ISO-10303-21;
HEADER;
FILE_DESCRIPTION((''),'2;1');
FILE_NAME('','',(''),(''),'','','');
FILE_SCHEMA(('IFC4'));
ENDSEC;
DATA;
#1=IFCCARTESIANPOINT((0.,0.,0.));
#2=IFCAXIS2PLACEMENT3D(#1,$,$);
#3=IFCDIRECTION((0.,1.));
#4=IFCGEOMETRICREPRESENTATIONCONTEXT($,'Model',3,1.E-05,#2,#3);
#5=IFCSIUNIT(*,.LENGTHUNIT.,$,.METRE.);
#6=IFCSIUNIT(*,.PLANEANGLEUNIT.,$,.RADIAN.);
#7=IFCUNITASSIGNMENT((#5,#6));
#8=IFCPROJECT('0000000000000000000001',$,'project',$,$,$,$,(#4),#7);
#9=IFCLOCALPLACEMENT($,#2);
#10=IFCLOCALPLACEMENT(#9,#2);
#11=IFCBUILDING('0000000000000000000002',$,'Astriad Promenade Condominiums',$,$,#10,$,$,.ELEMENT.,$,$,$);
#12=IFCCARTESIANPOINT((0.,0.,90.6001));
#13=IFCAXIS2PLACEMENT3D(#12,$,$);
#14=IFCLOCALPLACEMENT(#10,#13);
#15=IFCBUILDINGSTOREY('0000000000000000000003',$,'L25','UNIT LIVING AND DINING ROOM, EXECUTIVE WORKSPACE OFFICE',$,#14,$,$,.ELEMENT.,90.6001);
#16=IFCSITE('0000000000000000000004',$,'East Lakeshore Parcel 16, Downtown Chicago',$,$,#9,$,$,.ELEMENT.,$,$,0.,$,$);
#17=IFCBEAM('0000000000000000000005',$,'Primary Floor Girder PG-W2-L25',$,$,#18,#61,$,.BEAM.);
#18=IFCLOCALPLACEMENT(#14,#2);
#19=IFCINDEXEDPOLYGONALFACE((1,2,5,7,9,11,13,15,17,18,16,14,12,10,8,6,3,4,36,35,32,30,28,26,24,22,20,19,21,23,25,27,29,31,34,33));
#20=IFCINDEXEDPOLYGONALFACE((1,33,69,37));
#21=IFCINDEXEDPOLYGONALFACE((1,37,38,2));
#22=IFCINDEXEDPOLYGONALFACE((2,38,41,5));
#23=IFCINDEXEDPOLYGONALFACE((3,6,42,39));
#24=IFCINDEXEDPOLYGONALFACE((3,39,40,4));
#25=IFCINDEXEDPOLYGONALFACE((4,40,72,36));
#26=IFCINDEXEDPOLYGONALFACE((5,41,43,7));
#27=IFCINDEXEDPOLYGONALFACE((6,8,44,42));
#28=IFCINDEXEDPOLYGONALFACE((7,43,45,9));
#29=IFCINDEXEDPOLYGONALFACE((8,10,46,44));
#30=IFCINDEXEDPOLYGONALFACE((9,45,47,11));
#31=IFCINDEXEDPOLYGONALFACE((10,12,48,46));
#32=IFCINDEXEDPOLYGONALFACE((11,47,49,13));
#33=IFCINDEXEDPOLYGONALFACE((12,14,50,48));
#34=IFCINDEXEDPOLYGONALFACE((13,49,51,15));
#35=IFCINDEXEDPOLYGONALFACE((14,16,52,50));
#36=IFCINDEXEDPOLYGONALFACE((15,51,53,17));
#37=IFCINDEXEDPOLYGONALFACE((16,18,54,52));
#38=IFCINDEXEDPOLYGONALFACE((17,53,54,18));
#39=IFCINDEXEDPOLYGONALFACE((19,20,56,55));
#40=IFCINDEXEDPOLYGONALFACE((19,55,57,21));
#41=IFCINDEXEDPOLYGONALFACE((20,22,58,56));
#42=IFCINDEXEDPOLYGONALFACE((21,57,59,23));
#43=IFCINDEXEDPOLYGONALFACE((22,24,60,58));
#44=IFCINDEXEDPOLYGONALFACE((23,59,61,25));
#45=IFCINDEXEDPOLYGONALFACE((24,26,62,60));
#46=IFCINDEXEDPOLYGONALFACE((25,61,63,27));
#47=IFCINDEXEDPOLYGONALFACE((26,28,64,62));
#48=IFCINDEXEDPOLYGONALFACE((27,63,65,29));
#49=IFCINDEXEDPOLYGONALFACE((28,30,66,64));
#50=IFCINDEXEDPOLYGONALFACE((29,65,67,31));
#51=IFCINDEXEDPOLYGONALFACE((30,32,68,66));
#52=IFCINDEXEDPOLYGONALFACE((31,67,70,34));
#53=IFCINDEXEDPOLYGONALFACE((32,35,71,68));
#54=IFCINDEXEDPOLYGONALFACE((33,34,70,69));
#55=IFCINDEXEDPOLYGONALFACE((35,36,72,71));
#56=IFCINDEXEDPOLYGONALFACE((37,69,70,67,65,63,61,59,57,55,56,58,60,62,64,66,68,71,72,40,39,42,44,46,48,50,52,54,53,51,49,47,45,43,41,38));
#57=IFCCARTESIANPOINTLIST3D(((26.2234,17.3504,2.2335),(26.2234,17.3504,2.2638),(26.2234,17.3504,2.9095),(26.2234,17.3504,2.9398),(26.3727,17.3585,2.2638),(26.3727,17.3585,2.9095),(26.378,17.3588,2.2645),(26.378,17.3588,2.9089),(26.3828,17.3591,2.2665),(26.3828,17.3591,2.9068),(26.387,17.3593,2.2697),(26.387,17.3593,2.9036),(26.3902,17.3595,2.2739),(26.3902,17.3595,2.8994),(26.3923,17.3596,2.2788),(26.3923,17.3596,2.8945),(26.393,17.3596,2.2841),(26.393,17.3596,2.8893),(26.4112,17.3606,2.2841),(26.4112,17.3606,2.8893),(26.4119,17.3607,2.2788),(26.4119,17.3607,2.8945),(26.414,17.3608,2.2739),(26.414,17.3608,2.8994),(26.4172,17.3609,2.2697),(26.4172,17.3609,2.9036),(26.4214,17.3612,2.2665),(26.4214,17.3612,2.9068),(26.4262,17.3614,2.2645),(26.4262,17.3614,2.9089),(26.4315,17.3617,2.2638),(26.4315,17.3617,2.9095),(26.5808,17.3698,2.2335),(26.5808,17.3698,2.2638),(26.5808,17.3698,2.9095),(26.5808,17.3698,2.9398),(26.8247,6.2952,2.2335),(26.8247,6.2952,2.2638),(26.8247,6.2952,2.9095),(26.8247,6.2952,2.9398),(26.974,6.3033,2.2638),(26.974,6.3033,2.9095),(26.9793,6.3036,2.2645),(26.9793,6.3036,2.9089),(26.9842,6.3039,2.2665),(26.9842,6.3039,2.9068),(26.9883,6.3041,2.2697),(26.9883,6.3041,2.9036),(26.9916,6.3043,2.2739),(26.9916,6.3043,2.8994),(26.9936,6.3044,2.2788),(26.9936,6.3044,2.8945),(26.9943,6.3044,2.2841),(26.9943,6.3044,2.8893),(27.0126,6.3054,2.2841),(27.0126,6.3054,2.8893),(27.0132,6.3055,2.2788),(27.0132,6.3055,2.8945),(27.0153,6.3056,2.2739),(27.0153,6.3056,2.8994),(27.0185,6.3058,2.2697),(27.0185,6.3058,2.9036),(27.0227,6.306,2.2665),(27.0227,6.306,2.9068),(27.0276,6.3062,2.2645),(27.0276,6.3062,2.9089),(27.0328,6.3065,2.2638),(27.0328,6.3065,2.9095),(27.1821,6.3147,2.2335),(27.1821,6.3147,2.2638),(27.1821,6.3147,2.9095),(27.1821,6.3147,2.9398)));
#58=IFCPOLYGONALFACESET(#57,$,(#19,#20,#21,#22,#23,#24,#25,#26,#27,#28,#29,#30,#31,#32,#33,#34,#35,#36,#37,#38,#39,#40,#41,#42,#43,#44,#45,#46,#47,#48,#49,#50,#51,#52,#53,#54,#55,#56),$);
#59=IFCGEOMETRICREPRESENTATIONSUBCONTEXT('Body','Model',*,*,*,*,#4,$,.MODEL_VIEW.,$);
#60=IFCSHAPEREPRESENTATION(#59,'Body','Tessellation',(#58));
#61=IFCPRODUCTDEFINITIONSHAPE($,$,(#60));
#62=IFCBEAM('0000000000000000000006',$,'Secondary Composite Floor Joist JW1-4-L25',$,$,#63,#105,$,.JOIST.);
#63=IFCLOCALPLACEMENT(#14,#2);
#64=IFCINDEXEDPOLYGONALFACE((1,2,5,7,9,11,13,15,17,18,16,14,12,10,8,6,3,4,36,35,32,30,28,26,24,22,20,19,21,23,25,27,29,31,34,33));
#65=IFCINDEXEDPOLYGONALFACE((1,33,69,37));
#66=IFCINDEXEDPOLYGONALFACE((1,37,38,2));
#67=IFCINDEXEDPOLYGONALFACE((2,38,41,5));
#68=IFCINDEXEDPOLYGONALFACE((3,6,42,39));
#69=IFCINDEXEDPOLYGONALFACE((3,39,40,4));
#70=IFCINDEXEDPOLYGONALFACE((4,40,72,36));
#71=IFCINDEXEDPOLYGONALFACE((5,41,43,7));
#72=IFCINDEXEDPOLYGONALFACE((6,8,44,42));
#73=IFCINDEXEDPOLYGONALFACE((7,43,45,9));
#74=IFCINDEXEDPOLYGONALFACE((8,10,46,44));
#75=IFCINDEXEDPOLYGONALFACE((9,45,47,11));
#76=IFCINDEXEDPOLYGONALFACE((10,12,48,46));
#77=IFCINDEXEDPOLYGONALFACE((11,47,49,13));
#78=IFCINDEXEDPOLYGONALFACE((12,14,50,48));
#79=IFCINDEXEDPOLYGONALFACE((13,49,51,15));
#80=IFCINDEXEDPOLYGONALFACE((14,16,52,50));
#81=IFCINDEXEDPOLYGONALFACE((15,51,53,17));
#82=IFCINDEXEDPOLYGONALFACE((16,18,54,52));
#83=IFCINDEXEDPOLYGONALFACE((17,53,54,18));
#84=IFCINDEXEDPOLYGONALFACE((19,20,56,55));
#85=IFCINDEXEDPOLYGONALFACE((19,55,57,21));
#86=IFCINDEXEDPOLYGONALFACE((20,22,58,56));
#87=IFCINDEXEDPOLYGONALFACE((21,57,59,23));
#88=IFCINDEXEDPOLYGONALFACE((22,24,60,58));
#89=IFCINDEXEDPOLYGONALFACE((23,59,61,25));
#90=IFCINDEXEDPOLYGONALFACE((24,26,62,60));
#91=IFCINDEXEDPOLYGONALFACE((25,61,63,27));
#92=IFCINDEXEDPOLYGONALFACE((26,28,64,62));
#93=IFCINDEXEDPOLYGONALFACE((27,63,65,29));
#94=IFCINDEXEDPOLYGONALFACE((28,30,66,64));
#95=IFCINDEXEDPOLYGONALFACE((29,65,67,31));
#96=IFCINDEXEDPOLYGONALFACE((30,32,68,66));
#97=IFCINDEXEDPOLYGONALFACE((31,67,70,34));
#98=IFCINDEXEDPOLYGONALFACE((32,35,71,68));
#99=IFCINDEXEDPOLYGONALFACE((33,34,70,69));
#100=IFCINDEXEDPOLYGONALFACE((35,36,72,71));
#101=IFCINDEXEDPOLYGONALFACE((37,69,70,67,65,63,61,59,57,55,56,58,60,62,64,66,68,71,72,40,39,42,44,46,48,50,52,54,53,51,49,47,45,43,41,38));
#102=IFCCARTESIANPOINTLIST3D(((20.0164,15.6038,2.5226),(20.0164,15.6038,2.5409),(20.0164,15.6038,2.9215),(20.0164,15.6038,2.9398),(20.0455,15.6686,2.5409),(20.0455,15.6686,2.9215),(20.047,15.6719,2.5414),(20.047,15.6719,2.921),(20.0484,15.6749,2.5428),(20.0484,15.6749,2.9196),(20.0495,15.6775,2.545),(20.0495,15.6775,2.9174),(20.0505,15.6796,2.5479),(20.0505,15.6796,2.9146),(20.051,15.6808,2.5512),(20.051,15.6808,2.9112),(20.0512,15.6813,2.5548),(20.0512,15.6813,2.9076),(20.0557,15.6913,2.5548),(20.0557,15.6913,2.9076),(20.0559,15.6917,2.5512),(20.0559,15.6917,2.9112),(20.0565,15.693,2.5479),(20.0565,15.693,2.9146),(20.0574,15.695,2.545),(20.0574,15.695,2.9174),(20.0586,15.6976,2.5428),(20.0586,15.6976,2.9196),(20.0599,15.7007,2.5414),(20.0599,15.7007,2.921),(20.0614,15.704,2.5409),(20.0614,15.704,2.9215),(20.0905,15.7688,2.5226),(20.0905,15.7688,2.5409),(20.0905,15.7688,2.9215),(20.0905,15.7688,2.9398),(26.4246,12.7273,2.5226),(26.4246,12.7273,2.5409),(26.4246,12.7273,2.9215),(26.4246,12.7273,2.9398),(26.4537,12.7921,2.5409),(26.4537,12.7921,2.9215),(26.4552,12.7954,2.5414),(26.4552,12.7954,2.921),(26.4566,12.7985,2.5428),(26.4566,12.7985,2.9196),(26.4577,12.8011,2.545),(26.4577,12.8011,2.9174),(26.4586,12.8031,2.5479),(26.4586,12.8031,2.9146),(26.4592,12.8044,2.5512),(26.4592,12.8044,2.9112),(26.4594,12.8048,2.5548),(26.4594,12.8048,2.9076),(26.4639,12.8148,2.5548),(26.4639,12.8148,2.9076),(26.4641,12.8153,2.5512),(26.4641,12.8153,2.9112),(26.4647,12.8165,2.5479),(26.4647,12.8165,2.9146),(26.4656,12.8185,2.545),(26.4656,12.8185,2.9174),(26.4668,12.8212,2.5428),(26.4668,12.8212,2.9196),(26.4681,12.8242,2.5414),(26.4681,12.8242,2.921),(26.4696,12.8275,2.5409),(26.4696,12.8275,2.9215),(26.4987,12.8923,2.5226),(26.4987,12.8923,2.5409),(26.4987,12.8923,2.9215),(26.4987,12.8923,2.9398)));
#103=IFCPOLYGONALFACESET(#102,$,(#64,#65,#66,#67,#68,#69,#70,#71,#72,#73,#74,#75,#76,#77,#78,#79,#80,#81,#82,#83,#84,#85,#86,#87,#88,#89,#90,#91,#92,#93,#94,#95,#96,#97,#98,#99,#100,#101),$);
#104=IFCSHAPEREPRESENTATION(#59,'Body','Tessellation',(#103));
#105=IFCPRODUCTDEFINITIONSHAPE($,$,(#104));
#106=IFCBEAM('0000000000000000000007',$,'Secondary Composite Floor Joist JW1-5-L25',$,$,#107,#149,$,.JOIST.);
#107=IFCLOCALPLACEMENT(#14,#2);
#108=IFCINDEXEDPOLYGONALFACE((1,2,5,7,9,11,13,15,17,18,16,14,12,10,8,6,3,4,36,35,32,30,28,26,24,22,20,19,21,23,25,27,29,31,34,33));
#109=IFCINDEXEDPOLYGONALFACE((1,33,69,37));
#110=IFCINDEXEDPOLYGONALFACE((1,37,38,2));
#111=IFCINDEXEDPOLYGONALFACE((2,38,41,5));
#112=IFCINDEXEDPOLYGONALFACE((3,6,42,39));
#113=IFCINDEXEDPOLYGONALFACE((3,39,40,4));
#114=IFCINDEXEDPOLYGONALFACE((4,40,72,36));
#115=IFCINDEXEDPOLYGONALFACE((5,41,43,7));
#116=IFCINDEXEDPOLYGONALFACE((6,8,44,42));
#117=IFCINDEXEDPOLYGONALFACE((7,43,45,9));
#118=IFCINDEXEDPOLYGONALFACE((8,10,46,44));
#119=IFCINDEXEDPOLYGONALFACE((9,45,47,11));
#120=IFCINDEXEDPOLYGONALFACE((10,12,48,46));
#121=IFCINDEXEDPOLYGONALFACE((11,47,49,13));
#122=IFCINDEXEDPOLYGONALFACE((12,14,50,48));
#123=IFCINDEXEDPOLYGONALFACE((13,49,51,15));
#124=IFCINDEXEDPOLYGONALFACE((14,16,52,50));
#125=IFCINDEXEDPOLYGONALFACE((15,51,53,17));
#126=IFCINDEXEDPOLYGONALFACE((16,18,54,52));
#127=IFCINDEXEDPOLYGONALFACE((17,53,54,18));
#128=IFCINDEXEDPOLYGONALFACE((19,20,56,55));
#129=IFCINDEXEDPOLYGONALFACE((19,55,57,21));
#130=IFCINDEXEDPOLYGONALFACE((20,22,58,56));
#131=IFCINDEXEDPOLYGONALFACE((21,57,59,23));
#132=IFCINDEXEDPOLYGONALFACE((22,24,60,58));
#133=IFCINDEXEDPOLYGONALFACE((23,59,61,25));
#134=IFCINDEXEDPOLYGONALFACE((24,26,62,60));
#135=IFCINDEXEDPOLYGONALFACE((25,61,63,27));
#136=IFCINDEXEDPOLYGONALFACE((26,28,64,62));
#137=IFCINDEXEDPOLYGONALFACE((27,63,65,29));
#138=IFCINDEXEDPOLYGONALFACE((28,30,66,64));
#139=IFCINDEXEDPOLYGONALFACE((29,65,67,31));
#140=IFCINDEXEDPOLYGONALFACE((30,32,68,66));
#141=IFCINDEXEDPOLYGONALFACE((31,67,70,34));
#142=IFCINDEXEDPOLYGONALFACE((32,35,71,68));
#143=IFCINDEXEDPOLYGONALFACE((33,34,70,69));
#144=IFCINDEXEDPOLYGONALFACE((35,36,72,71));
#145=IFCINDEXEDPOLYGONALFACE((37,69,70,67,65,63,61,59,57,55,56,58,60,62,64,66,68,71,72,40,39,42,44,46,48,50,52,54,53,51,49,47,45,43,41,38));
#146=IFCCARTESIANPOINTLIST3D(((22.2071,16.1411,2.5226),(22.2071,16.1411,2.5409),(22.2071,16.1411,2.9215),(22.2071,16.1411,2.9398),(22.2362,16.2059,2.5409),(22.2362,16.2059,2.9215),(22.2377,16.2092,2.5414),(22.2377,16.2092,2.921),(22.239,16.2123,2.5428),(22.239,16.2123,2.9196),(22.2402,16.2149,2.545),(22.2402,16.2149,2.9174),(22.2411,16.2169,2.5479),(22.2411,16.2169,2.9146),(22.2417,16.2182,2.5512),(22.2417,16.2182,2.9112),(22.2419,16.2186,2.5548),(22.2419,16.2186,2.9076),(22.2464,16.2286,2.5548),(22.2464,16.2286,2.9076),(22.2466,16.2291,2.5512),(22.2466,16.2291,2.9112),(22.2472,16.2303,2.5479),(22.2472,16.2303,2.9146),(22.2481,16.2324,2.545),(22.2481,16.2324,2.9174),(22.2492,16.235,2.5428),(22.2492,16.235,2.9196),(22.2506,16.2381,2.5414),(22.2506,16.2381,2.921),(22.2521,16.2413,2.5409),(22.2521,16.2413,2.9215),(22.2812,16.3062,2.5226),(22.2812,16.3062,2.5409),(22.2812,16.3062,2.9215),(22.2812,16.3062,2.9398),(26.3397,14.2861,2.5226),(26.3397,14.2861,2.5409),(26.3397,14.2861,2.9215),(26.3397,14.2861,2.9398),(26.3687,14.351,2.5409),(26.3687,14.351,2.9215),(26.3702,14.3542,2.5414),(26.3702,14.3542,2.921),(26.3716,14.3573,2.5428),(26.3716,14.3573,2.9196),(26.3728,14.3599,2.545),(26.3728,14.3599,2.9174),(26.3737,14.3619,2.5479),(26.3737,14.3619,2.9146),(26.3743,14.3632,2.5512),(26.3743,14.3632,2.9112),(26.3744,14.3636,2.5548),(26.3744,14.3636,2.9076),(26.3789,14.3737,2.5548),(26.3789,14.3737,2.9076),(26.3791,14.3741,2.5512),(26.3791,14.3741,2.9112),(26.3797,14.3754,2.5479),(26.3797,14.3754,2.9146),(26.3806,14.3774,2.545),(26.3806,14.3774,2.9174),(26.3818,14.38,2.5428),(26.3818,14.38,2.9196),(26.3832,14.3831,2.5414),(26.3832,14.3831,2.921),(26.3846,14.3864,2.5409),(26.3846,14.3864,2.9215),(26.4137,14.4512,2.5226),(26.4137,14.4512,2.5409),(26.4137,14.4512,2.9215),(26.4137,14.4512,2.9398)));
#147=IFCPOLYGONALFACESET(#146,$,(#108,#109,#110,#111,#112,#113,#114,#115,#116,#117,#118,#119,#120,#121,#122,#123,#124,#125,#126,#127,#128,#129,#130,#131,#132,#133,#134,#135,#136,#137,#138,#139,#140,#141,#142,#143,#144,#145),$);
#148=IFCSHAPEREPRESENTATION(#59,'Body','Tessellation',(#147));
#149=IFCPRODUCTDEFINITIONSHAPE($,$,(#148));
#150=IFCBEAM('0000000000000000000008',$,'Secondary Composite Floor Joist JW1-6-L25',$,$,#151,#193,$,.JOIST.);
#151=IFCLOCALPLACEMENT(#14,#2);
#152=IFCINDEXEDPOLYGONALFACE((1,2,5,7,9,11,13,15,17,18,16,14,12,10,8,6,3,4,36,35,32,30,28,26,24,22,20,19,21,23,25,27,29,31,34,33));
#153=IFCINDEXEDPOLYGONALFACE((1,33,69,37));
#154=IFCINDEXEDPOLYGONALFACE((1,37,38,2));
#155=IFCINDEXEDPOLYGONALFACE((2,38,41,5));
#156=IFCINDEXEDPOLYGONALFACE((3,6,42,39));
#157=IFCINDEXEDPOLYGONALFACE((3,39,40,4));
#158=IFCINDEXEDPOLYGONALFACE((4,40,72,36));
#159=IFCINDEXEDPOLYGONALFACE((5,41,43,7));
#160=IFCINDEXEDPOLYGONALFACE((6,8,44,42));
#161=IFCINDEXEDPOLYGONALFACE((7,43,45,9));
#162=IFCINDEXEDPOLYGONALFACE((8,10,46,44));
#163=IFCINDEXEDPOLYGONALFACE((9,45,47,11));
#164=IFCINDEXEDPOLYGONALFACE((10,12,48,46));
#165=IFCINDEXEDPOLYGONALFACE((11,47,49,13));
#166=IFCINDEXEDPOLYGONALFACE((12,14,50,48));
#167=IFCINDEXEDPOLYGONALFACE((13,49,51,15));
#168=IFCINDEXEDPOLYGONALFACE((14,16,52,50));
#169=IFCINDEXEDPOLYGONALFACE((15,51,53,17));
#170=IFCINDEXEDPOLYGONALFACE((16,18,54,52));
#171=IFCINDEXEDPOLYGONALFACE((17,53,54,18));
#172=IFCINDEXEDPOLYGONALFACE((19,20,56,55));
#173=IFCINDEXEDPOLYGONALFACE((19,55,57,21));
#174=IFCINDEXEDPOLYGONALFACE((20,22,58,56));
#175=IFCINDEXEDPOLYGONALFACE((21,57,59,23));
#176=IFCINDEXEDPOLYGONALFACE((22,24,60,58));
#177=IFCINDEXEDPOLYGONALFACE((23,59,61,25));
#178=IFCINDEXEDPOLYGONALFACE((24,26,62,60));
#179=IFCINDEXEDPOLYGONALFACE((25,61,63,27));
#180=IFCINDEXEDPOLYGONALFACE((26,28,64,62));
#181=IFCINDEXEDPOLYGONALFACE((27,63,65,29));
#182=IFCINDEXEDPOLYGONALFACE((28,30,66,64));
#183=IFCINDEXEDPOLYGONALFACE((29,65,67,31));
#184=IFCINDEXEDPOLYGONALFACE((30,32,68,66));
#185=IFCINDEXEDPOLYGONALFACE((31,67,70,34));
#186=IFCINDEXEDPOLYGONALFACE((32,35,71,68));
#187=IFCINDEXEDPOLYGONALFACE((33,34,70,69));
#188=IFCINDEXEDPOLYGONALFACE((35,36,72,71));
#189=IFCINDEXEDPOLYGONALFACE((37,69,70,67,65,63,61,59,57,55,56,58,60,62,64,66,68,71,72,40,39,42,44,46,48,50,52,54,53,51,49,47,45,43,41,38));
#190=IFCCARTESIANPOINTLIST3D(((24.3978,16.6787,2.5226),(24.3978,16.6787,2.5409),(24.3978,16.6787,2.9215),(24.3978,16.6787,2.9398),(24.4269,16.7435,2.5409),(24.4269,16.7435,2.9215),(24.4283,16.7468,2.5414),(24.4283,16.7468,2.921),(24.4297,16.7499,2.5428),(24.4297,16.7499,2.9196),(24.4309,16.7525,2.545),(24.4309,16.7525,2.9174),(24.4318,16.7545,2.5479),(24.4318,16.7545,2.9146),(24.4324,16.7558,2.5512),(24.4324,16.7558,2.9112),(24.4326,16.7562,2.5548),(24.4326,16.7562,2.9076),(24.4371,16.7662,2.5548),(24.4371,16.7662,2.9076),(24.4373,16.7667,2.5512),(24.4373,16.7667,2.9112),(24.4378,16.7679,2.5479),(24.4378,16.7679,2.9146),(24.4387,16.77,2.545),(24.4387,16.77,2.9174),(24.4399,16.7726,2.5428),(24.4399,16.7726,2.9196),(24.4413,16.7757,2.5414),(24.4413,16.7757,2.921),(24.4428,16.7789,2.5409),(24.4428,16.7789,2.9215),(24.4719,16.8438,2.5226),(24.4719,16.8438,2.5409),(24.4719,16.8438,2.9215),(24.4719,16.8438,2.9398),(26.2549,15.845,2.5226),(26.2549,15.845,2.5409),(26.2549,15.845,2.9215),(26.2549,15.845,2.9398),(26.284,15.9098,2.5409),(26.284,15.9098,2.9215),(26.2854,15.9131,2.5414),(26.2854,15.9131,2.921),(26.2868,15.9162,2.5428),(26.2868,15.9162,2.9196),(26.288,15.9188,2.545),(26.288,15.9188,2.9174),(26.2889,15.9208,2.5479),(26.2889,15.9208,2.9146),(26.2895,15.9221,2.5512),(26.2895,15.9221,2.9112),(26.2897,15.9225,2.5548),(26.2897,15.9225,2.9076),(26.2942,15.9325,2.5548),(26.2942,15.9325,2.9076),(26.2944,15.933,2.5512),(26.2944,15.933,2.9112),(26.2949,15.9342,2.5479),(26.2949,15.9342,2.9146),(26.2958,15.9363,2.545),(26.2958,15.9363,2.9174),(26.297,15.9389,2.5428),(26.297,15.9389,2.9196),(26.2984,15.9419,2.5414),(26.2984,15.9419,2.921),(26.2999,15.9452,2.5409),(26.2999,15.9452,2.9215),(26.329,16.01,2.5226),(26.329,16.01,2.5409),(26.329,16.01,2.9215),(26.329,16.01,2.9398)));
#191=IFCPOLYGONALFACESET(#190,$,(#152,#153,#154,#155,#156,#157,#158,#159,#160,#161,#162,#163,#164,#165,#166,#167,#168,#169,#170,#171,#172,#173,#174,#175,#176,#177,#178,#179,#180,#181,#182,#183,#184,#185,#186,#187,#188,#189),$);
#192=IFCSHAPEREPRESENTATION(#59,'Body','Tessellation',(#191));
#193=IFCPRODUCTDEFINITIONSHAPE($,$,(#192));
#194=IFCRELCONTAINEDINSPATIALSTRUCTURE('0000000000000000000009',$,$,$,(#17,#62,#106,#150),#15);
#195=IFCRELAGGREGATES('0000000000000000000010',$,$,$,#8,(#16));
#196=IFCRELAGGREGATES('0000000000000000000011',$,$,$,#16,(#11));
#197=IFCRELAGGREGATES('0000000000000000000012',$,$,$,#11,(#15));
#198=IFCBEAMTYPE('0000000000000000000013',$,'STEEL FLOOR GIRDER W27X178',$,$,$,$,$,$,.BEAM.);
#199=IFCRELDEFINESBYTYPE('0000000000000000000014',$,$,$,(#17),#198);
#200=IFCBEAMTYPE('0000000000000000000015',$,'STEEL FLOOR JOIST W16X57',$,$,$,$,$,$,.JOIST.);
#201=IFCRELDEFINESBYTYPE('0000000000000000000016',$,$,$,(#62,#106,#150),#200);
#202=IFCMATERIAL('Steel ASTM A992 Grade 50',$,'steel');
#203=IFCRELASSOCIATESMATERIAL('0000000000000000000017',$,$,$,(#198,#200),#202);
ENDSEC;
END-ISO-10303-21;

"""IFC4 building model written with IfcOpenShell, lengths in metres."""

from ifc_helpers import new_model, si_unit, direction, frame, origin, origin_2d, place, context, subcontext, project, spatial, i_section, extrude, source, transform, mapped, material, material_profile, profile_set, type_object, type_shapes, element, save


model = new_model("IFC4")

# Units and contexts
model_context = context("Model", 3, precision=1e-05, world=origin(), true_north=direction((0.0, 1.0)))
body_context = subcontext(model_context, "Body", "Model", "MODEL_VIEW")
ifc_project = project(units=[si_unit("LENGTHUNIT", "METRE"), si_unit("PLANEANGLEUNIT", "RADIAN")], contexts=[model_context])

# Site, building, storey
site_placement = place(None, origin())
site = spatial("IfcSite", under=ifc_project, at=site_placement, Name="East Lakeshore Parcel 16, Downtown Chicago", CompositionType="ELEMENT", RefElevation=0.0)
building_placement = place(site_placement, origin())
building = spatial("IfcBuilding", under=site, at=building_placement, Name="Astriad Promenade Condominiums", CompositionType="ELEMENT")
storey_placement = place(building_placement, frame((0.0, 0.0, 90.6001)))
storey = spatial("IfcBuildingStorey", under=building, at=storey_placement, Name="L25", Description="UNIT LIVING AND DINING ROOM, EXECUTIVE WORKSPACE OFFICE", CompositionType="ELEMENT", Elevation=90.6001)

# Shared definitions
ifc_material_1 = material(Name="Steel ASTM A992 Grade 50", Category="steel")

# Beams
ifc_material_profile_1 = material_profile(ifc_material_1, i_section(OverallWidth=0.3579, OverallDepth=0.7063, WebThickness=0.0183, FlangeThickness=0.0303, FilletRadius=0.0203, at=origin_2d()), Name="W27X178")
ifc_profile_set_1 = profile_set([ifc_material_profile_1], Name="Steel ASTM A992 Grade 50")
beam_type_1 = type_object("IfcBeamType", Name="STEEL FLOOR GIRDER W27X178", PredefinedType="BEAM", material=ifc_profile_set_1)
shared_shape_1 = source(origin(), body_context, "Body", "SweptSolid", [
    extrude(i_section(OverallWidth=0.3579, OverallDepth=0.7063, WebThickness=0.0183, FlangeThickness=0.0303, FilletRadius=0.0203, at=origin_2d()), origin(), (0.0, 0.0, 1.0), 11.0715),
])
type_shapes(beam_type_1, [shared_shape_1])
beam_1_placement = place(storey_placement, frame((27.0034, 6.3049, 2.5867), z_axis=(-0.054312, 0.998524, 0.0), x_axis=(-0.998524, -0.054312, 0.0)))
element("IfcBeam", 1, at=beam_1_placement, inside=storey, type_object=beam_type_1, Name="Primary Floor Girder PG-W2-L25", PredefinedType="BEAM", context=body_context, shape_type="MappedRepresentation", body=[
    mapped(shared_shape_1, transform((0.0, 0.0, 0.0), scale=1.0)),
])
ifc_material_profile_2 = material_profile(ifc_material_1, i_section(OverallWidth=0.1809, OverallDepth=0.4172, WebThickness=0.011, FlangeThickness=0.0183, FilletRadius=0.0139, at=origin_2d()), Name="W16X57")
ifc_profile_set_2 = profile_set([ifc_material_profile_2], Name="Steel ASTM A992 Grade 50")
beam_type_2 = type_object("IfcBeamType", Name="STEEL FLOOR JOIST W16X57", PredefinedType="JOIST", material=ifc_profile_set_2)
shared_shape_2 = source(origin(), body_context, "Body", "SweptSolid", [
    extrude(i_section(OverallWidth=0.1809, OverallDepth=0.4172, WebThickness=0.011, FlangeThickness=0.0183, FilletRadius=0.0139, at=origin_2d()), origin(), (0.0, 0.0, 1.0), 7.0242),
])
beam_2_placement = place(storey_placement, frame((20.0535, 15.6863, 2.7312), z_axis=(0.912306, -0.409509, 0.0), x_axis=(0.409509, 0.912306, 0.0)))
element("IfcBeam", 2, at=beam_2_placement, inside=storey, type_object=beam_type_2, Name="Secondary Composite Floor Joist JW1-4-L25", PredefinedType="JOIST", context=body_context, shape_type="MappedRepresentation", body=[
    mapped(shared_shape_2, transform((0.0, 0.0, 0.0), scale=1.0)),
])
shared_shape_3 = source(origin(), body_context, "Body", "SweptSolid", [
    extrude(i_section(OverallWidth=0.1809, OverallDepth=0.4172, WebThickness=0.011, FlangeThickness=0.0183, FilletRadius=0.0139, at=origin_2d()), origin(), (0.0, 0.0, 1.0), 4.5298),
])
beam_3_placement = place(storey_placement, frame((22.2441, 16.2236, 2.7312), z_axis=(0.912307, -0.409506, 0.0), x_axis=(0.409506, 0.912307, 0.0)))
element("IfcBeam", 3, at=beam_3_placement, inside=storey, type_object=beam_type_2, Name="Secondary Composite Floor Joist JW1-5-L25", PredefinedType="JOIST", context=body_context, shape_type="MappedRepresentation", body=[
    mapped(shared_shape_3, transform((0.0, 0.0, 0.0), scale=1.0)),
])
shared_shape_4 = source(origin(), body_context, "Body", "SweptSolid", [
    extrude(i_section(OverallWidth=0.1809, OverallDepth=0.4172, WebThickness=0.011, FlangeThickness=0.0183, FilletRadius=0.0139, at=origin_2d()), origin(), (0.0, 0.0, 1.0), 2.0356),
])
type_shapes(beam_type_2, [shared_shape_2, shared_shape_3, shared_shape_4])
beam_4_placement = place(storey_placement, frame((24.4348, 16.7612, 2.7312), z_axis=(0.912287, -0.409552, 0.0), x_axis=(0.409552, 0.912287, 0.0)))
element("IfcBeam", 4, at=beam_4_placement, inside=storey, type_object=beam_type_2, Name="Secondary Composite Floor Joist JW1-6-L25", PredefinedType="JOIST", context=body_context, shape_type="MappedRepresentation", body=[
    mapped(shared_shape_4, transform((0.0, 0.0, 0.0), scale=1.0)),
])

save(model, "model.ifc")
